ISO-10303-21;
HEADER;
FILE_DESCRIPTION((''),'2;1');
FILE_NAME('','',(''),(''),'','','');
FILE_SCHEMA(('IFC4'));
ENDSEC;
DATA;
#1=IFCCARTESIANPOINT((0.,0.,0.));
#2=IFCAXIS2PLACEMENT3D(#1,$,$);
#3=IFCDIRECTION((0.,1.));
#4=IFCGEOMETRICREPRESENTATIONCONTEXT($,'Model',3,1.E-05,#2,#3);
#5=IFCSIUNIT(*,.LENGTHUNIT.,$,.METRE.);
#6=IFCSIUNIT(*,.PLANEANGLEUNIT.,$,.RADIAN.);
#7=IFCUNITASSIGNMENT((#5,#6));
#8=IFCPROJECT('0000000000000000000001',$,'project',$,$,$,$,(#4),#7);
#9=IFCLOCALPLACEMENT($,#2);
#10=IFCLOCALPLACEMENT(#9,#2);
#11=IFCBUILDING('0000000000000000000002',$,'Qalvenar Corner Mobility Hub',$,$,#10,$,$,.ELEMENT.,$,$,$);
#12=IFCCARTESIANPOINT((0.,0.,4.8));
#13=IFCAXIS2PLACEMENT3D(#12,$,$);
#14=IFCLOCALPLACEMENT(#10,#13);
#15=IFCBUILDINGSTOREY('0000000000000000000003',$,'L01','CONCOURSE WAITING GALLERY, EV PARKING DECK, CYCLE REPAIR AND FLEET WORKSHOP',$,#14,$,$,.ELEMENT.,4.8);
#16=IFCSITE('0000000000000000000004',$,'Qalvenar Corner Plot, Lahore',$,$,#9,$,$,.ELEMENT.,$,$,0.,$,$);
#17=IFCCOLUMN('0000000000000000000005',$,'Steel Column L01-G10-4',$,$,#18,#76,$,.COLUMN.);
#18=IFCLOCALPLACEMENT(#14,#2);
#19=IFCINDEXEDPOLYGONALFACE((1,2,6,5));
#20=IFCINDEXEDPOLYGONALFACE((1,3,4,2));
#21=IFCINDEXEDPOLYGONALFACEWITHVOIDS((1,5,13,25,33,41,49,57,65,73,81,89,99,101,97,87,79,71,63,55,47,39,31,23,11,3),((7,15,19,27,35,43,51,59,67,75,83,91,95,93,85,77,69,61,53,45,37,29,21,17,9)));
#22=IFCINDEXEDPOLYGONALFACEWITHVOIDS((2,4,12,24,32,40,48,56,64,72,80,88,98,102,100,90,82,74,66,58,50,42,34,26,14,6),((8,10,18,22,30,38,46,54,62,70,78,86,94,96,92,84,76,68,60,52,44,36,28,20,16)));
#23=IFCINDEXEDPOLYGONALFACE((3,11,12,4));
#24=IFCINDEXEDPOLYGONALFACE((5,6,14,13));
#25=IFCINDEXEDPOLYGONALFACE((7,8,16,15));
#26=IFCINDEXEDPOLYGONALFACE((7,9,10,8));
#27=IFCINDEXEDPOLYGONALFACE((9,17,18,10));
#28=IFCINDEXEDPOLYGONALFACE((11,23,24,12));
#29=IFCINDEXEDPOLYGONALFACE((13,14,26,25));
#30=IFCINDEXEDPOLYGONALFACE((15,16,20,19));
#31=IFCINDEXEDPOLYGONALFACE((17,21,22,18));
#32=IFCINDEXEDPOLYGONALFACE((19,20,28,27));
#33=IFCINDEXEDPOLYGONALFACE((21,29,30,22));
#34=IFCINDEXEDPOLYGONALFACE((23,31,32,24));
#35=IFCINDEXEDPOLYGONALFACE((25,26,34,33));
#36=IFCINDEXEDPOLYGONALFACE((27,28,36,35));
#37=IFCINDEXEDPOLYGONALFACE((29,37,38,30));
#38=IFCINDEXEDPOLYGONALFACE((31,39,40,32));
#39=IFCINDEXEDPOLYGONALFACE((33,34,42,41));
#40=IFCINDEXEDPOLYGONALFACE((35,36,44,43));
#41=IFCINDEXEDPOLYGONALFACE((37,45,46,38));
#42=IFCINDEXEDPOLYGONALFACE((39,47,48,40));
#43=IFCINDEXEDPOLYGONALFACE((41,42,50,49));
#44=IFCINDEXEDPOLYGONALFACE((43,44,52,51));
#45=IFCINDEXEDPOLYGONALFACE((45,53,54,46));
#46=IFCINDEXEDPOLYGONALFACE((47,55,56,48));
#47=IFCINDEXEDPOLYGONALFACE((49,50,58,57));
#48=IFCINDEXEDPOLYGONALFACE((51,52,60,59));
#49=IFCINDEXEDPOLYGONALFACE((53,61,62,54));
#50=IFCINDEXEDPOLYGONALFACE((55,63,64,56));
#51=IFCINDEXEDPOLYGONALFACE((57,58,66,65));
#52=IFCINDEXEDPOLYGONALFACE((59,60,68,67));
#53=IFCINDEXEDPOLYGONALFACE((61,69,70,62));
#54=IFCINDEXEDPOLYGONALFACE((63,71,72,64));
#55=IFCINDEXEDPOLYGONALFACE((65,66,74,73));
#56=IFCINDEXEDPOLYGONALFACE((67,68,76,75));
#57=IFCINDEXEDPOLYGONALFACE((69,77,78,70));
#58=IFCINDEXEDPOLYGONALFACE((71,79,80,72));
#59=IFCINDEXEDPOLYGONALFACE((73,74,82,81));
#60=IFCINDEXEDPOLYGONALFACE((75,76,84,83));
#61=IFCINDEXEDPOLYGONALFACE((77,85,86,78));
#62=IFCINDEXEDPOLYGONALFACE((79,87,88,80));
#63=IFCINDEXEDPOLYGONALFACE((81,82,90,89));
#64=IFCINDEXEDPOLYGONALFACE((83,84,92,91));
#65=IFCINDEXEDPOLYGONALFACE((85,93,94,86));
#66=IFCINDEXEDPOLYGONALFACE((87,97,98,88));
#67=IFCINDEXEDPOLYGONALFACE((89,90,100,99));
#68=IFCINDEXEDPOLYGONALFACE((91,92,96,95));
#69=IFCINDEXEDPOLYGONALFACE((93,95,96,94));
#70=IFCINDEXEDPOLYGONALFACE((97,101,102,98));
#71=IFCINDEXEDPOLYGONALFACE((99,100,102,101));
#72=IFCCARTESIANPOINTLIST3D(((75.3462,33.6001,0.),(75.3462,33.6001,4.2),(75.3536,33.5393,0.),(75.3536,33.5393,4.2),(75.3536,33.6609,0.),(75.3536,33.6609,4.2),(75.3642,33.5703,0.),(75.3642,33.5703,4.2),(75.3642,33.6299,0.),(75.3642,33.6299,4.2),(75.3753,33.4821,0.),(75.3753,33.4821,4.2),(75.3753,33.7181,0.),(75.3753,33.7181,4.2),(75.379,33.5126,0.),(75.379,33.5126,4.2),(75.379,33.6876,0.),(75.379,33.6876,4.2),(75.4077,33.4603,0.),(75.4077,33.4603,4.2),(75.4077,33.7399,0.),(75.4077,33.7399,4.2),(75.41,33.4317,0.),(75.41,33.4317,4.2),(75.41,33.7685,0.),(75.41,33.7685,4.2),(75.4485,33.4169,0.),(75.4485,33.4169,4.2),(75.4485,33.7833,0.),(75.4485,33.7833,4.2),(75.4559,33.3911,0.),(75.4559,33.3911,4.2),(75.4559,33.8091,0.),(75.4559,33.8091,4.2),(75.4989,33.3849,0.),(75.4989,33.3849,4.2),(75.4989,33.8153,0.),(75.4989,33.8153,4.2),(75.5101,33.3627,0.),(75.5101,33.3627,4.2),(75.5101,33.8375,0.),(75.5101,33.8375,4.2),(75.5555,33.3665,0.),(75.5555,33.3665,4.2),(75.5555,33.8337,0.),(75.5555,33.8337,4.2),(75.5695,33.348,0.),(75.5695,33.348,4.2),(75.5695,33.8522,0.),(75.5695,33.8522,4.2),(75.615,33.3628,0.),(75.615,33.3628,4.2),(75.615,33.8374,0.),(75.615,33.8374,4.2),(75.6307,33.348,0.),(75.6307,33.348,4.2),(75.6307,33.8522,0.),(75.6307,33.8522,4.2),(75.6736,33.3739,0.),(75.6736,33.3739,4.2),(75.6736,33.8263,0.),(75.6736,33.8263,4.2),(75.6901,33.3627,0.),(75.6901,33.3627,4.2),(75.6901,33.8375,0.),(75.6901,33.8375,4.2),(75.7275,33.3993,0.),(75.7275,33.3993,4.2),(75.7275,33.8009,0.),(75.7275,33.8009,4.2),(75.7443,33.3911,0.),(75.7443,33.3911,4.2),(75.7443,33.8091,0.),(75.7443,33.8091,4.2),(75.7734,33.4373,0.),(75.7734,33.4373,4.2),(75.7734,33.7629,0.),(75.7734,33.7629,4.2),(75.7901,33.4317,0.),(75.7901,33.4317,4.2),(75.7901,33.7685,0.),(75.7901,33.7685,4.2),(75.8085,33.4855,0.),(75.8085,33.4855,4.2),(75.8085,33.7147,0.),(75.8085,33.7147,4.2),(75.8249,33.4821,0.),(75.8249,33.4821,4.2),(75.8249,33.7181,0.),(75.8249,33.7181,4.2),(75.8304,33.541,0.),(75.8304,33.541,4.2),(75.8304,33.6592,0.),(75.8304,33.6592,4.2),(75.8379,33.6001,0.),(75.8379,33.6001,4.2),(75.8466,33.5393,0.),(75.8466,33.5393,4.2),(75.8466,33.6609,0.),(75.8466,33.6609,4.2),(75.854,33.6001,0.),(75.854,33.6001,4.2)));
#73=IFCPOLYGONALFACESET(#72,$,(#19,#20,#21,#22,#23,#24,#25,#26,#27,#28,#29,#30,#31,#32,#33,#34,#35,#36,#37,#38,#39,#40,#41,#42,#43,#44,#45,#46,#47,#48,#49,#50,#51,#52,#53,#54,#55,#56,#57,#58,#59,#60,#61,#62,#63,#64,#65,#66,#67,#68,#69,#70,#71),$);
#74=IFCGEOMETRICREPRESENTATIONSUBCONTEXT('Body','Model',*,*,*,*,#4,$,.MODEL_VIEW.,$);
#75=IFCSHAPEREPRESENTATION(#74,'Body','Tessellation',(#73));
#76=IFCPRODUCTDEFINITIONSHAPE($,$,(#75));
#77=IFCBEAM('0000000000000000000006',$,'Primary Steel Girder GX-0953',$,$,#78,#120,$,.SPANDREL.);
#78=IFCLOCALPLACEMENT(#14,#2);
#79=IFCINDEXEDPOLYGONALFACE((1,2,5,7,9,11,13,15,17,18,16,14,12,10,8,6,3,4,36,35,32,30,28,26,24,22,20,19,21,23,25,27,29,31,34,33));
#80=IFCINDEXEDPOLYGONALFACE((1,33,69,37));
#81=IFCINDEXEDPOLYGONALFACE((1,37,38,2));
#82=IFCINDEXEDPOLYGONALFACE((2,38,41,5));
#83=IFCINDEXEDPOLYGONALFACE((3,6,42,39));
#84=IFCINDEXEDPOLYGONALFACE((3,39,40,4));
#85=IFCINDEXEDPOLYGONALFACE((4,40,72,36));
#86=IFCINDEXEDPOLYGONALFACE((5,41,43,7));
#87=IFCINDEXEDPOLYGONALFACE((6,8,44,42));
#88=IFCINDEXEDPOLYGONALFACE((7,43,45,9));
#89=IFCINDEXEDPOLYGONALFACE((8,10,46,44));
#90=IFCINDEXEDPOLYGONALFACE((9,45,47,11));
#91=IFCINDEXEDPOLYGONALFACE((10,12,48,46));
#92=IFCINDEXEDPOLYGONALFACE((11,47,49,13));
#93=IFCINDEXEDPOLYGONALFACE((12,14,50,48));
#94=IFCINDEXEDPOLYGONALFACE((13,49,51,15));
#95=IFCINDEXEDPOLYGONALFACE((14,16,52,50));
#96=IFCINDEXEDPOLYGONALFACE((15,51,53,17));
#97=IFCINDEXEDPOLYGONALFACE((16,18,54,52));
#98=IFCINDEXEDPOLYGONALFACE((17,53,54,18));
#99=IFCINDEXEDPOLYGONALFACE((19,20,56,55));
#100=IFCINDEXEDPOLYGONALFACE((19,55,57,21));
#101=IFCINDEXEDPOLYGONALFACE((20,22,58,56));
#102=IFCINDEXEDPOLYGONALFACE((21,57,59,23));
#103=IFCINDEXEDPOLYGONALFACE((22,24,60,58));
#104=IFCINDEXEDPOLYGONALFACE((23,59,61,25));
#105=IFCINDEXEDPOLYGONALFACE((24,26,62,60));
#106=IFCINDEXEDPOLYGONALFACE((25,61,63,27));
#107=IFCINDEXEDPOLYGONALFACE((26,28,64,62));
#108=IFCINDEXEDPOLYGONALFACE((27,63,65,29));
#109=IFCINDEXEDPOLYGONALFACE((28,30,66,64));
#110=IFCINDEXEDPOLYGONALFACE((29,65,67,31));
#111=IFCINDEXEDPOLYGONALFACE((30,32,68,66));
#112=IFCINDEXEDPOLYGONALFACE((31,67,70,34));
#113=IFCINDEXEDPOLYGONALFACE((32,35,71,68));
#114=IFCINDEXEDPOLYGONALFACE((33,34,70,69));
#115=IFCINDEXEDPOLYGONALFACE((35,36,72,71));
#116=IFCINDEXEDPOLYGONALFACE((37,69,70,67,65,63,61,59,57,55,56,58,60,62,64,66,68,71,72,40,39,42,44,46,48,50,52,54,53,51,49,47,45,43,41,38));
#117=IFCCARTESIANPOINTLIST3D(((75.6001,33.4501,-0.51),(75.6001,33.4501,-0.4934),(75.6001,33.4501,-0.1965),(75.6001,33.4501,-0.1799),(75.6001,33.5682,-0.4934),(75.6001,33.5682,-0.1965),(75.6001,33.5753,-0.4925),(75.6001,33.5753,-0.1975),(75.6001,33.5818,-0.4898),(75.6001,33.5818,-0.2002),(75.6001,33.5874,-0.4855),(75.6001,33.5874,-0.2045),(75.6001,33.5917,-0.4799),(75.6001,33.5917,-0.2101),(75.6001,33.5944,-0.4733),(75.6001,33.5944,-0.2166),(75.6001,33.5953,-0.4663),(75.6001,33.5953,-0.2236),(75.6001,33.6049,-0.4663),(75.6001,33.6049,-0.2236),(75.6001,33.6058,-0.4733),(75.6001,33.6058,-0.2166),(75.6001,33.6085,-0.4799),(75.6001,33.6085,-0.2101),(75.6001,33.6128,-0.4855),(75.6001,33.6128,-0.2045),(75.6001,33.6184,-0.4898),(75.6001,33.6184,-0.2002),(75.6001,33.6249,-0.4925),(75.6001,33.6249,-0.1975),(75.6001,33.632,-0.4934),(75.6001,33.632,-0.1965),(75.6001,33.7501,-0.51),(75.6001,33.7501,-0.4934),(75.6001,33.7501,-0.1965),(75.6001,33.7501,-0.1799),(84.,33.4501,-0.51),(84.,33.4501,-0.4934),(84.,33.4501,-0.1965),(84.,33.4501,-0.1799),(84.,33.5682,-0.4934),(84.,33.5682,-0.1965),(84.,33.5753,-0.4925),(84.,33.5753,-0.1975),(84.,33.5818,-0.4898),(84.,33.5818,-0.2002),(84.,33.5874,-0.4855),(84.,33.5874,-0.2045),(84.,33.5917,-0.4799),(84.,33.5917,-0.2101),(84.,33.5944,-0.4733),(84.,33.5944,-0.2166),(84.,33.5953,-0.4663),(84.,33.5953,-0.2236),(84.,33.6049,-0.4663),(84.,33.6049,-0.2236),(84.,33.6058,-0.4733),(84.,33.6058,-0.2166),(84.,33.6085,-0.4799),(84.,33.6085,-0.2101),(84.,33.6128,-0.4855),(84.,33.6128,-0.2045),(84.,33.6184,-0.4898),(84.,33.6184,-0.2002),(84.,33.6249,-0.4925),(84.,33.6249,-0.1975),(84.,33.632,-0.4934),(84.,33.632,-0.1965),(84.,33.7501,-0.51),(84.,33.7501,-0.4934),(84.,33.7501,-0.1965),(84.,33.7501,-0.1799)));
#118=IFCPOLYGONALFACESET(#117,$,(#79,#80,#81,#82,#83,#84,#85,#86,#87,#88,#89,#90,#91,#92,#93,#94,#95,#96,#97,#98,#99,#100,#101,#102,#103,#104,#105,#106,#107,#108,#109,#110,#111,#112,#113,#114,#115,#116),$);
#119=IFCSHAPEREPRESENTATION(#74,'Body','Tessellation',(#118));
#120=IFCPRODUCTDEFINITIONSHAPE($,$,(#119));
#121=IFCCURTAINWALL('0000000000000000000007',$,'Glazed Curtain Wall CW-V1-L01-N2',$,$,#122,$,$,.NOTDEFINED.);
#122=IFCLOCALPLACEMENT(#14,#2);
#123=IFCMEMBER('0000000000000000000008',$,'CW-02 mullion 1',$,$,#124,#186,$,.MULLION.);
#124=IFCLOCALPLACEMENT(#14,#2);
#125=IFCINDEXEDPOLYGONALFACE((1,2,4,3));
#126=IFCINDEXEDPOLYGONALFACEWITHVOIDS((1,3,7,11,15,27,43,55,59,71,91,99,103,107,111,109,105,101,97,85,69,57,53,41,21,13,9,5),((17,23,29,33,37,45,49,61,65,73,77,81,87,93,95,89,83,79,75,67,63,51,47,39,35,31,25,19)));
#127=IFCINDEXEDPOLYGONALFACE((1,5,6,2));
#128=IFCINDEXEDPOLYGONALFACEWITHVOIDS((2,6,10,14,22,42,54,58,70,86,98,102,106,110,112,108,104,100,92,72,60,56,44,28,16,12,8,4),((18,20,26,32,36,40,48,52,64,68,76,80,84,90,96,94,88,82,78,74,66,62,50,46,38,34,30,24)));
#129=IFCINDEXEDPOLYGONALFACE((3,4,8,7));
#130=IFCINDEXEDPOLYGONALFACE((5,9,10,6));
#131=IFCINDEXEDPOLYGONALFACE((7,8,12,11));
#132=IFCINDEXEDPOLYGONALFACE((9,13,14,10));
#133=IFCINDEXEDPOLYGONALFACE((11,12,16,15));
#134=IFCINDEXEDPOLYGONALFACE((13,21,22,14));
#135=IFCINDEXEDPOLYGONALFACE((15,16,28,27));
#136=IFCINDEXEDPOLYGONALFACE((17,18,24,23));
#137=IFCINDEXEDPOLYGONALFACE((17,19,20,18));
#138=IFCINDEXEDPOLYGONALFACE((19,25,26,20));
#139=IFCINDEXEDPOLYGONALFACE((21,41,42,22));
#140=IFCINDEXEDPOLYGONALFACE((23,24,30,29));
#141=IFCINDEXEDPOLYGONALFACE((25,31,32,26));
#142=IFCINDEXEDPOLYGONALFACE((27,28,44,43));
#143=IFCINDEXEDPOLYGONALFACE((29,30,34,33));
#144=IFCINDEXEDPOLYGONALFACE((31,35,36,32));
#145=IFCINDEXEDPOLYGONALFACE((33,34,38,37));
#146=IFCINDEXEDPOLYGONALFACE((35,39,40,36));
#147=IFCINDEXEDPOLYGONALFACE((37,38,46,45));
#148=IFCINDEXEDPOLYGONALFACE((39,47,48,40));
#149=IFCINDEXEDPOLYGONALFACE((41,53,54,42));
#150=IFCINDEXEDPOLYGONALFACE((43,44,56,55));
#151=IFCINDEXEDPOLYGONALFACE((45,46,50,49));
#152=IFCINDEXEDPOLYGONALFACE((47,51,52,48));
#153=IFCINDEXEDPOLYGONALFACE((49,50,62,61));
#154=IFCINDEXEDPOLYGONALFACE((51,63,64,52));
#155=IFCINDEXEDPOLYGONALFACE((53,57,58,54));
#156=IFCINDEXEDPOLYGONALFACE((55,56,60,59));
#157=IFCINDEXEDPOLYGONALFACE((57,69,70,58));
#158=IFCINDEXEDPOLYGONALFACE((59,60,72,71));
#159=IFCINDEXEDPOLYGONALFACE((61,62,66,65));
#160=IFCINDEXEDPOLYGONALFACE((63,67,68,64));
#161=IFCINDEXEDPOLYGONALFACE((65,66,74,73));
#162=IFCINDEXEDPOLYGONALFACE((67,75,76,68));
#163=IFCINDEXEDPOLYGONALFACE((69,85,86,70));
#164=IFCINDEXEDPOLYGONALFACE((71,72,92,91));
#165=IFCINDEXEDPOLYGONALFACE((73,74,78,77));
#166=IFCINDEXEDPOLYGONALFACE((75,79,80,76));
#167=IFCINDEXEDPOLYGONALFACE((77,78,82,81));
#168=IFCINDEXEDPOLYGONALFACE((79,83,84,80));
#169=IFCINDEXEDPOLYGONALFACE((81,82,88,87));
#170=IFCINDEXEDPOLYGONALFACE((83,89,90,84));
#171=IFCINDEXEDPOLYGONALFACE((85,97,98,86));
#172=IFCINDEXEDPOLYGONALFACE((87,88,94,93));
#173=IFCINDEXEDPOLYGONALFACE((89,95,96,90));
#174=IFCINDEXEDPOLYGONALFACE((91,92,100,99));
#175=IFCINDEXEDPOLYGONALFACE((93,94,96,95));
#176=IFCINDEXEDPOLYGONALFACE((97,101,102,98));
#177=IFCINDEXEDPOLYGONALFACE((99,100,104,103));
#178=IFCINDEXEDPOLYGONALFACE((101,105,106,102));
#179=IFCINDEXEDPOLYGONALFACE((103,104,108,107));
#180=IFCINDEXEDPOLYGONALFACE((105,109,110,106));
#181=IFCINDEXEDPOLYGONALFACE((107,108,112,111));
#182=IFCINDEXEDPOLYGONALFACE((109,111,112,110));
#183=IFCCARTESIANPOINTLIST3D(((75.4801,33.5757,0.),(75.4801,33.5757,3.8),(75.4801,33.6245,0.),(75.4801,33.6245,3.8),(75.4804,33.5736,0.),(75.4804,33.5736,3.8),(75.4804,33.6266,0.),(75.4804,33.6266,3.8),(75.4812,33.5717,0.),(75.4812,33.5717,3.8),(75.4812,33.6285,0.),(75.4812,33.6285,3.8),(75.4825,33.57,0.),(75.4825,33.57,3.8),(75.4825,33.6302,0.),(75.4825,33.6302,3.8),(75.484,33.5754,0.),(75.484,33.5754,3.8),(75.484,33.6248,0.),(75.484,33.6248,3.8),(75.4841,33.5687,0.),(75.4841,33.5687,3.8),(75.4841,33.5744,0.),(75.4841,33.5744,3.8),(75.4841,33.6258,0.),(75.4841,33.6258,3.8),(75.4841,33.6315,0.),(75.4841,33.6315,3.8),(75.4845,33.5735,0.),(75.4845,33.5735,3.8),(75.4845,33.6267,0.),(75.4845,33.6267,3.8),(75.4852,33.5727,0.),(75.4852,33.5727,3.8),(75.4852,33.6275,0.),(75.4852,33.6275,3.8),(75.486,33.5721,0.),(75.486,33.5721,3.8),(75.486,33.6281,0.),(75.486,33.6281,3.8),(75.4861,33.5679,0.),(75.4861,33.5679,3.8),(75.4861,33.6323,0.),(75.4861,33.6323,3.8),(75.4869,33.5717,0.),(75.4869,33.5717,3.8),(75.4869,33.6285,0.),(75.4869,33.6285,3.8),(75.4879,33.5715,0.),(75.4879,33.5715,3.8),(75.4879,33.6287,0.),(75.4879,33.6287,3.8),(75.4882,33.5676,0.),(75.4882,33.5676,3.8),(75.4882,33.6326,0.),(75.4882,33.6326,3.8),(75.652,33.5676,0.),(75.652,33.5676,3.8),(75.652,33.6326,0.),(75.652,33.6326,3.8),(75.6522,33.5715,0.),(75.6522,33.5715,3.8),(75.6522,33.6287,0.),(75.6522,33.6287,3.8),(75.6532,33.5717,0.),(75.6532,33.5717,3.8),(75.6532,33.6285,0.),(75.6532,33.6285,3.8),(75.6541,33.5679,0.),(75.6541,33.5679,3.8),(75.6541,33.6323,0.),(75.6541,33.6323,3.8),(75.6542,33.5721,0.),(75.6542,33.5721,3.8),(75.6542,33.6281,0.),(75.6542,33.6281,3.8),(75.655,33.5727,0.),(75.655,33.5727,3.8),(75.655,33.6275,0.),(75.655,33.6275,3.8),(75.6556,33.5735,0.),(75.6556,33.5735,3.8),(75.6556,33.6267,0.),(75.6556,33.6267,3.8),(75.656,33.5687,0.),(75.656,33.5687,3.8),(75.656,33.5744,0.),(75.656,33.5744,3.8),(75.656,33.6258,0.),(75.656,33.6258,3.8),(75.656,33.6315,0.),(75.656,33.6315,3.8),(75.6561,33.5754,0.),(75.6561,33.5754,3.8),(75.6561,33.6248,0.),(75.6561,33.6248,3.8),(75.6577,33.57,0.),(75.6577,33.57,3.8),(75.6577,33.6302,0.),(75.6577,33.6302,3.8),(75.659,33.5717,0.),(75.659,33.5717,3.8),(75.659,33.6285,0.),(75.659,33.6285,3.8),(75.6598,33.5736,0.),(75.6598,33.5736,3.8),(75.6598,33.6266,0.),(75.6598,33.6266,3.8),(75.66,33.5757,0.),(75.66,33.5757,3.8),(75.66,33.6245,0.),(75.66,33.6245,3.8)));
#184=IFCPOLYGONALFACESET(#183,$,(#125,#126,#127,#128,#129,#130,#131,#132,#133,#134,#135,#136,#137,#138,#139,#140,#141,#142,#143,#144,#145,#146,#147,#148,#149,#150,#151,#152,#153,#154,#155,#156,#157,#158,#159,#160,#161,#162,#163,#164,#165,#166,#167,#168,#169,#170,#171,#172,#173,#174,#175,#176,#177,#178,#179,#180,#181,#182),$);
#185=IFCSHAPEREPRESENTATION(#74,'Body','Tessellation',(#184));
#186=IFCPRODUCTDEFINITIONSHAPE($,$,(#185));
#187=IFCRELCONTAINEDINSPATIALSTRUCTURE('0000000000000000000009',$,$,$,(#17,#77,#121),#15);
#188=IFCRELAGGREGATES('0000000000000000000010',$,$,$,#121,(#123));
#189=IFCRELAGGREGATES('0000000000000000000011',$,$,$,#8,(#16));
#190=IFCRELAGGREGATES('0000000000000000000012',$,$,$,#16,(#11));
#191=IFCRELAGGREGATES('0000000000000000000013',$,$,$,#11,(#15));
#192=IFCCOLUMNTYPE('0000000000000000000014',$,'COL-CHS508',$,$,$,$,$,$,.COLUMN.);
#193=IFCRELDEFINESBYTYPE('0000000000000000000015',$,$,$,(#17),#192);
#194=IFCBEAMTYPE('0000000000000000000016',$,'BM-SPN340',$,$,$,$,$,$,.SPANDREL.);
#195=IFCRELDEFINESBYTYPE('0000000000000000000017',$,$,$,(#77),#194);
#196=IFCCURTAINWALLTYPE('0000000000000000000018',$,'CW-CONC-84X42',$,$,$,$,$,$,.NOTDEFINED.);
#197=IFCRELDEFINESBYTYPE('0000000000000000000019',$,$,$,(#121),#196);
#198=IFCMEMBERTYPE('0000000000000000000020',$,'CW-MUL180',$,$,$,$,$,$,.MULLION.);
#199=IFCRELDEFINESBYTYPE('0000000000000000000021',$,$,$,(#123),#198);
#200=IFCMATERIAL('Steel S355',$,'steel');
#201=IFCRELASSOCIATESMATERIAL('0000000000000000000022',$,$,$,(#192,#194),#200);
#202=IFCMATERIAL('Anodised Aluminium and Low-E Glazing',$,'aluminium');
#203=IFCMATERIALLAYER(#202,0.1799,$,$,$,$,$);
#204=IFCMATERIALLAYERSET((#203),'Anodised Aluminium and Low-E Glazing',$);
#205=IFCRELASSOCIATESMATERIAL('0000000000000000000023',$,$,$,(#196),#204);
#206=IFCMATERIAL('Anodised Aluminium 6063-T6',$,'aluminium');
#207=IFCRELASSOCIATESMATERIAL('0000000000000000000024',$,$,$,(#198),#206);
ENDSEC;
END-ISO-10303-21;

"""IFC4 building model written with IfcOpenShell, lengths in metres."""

from ifc_helpers import new_model, si_unit, direction, frame, origin, origin_2d, place, context, subcontext, project, spatial, hollow_rectangle, hollow_circle, i_section, extrude, material, layer, layer_set, material_profile, profile_set, type_object, element, aggregate, save


model = new_model("IFC4")

# Units and contexts
model_context = context("Model", 3, precision=1e-05, world=origin(), true_north=direction((0.0, 1.0)))
body_context = subcontext(model_context, "Body", "Model", "MODEL_VIEW")
ifc_project = project(units=[si_unit("LENGTHUNIT", "METRE"), si_unit("PLANEANGLEUNIT", "RADIAN")], contexts=[model_context])

# Site, building, storey
site_placement = place(None, origin())
site = spatial("IfcSite", under=ifc_project, at=site_placement, Name="Qalvenar Corner Plot, Lahore", CompositionType="ELEMENT", RefElevation=0.0)
building_placement = place(site_placement, origin())
building = spatial("IfcBuilding", under=site, at=building_placement, Name="Qalvenar Corner Mobility Hub", CompositionType="ELEMENT")
storey_placement = place(building_placement, frame((0.0, 0.0, 4.8)))
storey = spatial("IfcBuildingStorey", under=building, at=storey_placement, Name="L01", Description="CONCOURSE WAITING GALLERY, EV PARKING DECK, CYCLE REPAIR AND FLEET WORKSHOP", CompositionType="ELEMENT", Elevation=4.8)

# Column
ifc_material_1 = material(Name="Steel S355", Category="steel")
ifc_material_profile_1 = material_profile(ifc_material_1, hollow_circle(Radius=0.2539, WallThickness=0.0161, at=origin_2d()), Name="CHS508x16")
ifc_profile_set_1 = profile_set([ifc_material_profile_1], Name="Steel S355")
column_type = type_object("IfcColumnType", Name="COL-CHS508", PredefinedType="COLUMN", material=ifc_profile_set_1)
column_placement = place(storey_placement, frame((75.6001, 33.6001, 0.0), z_axis=(0.0, 0.0, 1.0), x_axis=(1.0, 0.0, 0.0)))
element("IfcColumn", 1, at=column_placement, inside=storey, type_object=column_type, Name="Steel Column L01-G10-4", PredefinedType="COLUMN", context=body_context, shape_type="SweptSolid", body=[
    extrude(hollow_circle(Radius=0.2539, WallThickness=0.0161, at=origin_2d()), origin(), (0.0, 0.0, 1.0), 4.2),
])

# Beam
ifc_material_profile_2 = material_profile(ifc_material_1, i_section(OverallWidth=0.3, OverallDepth=0.3301, WebThickness=0.0095, FlangeThickness=0.0166, FilletRadius=0.0271, at=origin_2d()), Name="HEA340")
ifc_profile_set_2 = profile_set([ifc_material_profile_2], Name="Steel S355")
beam_type = type_object("IfcBeamType", Name="BM-SPN340", PredefinedType="SPANDREL", material=ifc_profile_set_2)
beam_placement = place(storey_placement, frame((75.6001, 33.6001, -0.345), z_axis=(1.0, 0.0, 0.0), x_axis=(0.0, 1.0, 0.0)))
element("IfcBeam", 2, at=beam_placement, inside=storey, type_object=beam_type, Name="Primary Steel Girder GX-0953", PredefinedType="SPANDREL", context=body_context, shape_type="SweptSolid", body=[
    extrude(i_section(OverallWidth=0.3, OverallDepth=0.3301, WebThickness=0.0095, FlangeThickness=0.0166, FilletRadius=0.0271, at=origin_2d()), origin(), (0.0, 0.0, 1.0), 8.3999),
])

# Curtain wall, member
ifc_material_2 = material(Name="Anodised Aluminium and Low-E Glazing", Category="aluminium")
ifc_layer_1 = layer(ifc_material_2, 0.1799)
ifc_layer_set_1 = layer_set([ifc_layer_1], Name="Anodised Aluminium and Low-E Glazing")
curtain_wall_type = type_object("IfcCurtainWallType", Name="CW-CONC-84X42", PredefinedType="NOTDEFINED", material=ifc_layer_set_1)
curtain_wall_1_placement = place(storey_placement, origin())
curtain_wall_1 = element("IfcCurtainWall", 3, at=curtain_wall_1_placement, inside=storey, type_object=curtain_wall_type, Name="Glazed Curtain Wall CW-V1-L01-N2", PredefinedType="NOTDEFINED")
ifc_material_3 = material(Name="Anodised Aluminium 6063-T6", Category="aluminium")
ifc_material_profile_3 = material_profile(ifc_material_3, hollow_rectangle(XDim=0.0649, YDim=0.1799, WallThickness=0.0039, InnerFilletRadius=0.0039, OuterFilletRadius=0.0081, at=origin_2d()), Name="RHS180x65x4")
ifc_profile_set_3 = profile_set([ifc_material_profile_3], Name="Anodised Aluminium 6063-T6")
member_type_1 = type_object("IfcMemberType", Name="CW-MUL180", PredefinedType="MULLION", material=ifc_profile_set_3)
member_1_placement = place(storey_placement, frame((75.5701, 33.6001, 0.0), z_axis=(0.0, 0.0, 1.0), x_axis=(0.0, -1.0, 0.0)))
member_1 = element("IfcMember", 4, at=member_1_placement, type_object=member_type_1, Name="CW-02 mullion 1", PredefinedType="MULLION", context=body_context, shape_type="SweptSolid", body=[
    extrude(hollow_rectangle(XDim=0.0649, YDim=0.1799, WallThickness=0.0039, InnerFilletRadius=0.0039, OuterFilletRadius=0.0081, at=origin_2d()), origin(), (0.0, 0.0, 1.0), 3.8),
])

aggregate(curtain_wall_1, [member_1])

save(model, "model.ifc")
